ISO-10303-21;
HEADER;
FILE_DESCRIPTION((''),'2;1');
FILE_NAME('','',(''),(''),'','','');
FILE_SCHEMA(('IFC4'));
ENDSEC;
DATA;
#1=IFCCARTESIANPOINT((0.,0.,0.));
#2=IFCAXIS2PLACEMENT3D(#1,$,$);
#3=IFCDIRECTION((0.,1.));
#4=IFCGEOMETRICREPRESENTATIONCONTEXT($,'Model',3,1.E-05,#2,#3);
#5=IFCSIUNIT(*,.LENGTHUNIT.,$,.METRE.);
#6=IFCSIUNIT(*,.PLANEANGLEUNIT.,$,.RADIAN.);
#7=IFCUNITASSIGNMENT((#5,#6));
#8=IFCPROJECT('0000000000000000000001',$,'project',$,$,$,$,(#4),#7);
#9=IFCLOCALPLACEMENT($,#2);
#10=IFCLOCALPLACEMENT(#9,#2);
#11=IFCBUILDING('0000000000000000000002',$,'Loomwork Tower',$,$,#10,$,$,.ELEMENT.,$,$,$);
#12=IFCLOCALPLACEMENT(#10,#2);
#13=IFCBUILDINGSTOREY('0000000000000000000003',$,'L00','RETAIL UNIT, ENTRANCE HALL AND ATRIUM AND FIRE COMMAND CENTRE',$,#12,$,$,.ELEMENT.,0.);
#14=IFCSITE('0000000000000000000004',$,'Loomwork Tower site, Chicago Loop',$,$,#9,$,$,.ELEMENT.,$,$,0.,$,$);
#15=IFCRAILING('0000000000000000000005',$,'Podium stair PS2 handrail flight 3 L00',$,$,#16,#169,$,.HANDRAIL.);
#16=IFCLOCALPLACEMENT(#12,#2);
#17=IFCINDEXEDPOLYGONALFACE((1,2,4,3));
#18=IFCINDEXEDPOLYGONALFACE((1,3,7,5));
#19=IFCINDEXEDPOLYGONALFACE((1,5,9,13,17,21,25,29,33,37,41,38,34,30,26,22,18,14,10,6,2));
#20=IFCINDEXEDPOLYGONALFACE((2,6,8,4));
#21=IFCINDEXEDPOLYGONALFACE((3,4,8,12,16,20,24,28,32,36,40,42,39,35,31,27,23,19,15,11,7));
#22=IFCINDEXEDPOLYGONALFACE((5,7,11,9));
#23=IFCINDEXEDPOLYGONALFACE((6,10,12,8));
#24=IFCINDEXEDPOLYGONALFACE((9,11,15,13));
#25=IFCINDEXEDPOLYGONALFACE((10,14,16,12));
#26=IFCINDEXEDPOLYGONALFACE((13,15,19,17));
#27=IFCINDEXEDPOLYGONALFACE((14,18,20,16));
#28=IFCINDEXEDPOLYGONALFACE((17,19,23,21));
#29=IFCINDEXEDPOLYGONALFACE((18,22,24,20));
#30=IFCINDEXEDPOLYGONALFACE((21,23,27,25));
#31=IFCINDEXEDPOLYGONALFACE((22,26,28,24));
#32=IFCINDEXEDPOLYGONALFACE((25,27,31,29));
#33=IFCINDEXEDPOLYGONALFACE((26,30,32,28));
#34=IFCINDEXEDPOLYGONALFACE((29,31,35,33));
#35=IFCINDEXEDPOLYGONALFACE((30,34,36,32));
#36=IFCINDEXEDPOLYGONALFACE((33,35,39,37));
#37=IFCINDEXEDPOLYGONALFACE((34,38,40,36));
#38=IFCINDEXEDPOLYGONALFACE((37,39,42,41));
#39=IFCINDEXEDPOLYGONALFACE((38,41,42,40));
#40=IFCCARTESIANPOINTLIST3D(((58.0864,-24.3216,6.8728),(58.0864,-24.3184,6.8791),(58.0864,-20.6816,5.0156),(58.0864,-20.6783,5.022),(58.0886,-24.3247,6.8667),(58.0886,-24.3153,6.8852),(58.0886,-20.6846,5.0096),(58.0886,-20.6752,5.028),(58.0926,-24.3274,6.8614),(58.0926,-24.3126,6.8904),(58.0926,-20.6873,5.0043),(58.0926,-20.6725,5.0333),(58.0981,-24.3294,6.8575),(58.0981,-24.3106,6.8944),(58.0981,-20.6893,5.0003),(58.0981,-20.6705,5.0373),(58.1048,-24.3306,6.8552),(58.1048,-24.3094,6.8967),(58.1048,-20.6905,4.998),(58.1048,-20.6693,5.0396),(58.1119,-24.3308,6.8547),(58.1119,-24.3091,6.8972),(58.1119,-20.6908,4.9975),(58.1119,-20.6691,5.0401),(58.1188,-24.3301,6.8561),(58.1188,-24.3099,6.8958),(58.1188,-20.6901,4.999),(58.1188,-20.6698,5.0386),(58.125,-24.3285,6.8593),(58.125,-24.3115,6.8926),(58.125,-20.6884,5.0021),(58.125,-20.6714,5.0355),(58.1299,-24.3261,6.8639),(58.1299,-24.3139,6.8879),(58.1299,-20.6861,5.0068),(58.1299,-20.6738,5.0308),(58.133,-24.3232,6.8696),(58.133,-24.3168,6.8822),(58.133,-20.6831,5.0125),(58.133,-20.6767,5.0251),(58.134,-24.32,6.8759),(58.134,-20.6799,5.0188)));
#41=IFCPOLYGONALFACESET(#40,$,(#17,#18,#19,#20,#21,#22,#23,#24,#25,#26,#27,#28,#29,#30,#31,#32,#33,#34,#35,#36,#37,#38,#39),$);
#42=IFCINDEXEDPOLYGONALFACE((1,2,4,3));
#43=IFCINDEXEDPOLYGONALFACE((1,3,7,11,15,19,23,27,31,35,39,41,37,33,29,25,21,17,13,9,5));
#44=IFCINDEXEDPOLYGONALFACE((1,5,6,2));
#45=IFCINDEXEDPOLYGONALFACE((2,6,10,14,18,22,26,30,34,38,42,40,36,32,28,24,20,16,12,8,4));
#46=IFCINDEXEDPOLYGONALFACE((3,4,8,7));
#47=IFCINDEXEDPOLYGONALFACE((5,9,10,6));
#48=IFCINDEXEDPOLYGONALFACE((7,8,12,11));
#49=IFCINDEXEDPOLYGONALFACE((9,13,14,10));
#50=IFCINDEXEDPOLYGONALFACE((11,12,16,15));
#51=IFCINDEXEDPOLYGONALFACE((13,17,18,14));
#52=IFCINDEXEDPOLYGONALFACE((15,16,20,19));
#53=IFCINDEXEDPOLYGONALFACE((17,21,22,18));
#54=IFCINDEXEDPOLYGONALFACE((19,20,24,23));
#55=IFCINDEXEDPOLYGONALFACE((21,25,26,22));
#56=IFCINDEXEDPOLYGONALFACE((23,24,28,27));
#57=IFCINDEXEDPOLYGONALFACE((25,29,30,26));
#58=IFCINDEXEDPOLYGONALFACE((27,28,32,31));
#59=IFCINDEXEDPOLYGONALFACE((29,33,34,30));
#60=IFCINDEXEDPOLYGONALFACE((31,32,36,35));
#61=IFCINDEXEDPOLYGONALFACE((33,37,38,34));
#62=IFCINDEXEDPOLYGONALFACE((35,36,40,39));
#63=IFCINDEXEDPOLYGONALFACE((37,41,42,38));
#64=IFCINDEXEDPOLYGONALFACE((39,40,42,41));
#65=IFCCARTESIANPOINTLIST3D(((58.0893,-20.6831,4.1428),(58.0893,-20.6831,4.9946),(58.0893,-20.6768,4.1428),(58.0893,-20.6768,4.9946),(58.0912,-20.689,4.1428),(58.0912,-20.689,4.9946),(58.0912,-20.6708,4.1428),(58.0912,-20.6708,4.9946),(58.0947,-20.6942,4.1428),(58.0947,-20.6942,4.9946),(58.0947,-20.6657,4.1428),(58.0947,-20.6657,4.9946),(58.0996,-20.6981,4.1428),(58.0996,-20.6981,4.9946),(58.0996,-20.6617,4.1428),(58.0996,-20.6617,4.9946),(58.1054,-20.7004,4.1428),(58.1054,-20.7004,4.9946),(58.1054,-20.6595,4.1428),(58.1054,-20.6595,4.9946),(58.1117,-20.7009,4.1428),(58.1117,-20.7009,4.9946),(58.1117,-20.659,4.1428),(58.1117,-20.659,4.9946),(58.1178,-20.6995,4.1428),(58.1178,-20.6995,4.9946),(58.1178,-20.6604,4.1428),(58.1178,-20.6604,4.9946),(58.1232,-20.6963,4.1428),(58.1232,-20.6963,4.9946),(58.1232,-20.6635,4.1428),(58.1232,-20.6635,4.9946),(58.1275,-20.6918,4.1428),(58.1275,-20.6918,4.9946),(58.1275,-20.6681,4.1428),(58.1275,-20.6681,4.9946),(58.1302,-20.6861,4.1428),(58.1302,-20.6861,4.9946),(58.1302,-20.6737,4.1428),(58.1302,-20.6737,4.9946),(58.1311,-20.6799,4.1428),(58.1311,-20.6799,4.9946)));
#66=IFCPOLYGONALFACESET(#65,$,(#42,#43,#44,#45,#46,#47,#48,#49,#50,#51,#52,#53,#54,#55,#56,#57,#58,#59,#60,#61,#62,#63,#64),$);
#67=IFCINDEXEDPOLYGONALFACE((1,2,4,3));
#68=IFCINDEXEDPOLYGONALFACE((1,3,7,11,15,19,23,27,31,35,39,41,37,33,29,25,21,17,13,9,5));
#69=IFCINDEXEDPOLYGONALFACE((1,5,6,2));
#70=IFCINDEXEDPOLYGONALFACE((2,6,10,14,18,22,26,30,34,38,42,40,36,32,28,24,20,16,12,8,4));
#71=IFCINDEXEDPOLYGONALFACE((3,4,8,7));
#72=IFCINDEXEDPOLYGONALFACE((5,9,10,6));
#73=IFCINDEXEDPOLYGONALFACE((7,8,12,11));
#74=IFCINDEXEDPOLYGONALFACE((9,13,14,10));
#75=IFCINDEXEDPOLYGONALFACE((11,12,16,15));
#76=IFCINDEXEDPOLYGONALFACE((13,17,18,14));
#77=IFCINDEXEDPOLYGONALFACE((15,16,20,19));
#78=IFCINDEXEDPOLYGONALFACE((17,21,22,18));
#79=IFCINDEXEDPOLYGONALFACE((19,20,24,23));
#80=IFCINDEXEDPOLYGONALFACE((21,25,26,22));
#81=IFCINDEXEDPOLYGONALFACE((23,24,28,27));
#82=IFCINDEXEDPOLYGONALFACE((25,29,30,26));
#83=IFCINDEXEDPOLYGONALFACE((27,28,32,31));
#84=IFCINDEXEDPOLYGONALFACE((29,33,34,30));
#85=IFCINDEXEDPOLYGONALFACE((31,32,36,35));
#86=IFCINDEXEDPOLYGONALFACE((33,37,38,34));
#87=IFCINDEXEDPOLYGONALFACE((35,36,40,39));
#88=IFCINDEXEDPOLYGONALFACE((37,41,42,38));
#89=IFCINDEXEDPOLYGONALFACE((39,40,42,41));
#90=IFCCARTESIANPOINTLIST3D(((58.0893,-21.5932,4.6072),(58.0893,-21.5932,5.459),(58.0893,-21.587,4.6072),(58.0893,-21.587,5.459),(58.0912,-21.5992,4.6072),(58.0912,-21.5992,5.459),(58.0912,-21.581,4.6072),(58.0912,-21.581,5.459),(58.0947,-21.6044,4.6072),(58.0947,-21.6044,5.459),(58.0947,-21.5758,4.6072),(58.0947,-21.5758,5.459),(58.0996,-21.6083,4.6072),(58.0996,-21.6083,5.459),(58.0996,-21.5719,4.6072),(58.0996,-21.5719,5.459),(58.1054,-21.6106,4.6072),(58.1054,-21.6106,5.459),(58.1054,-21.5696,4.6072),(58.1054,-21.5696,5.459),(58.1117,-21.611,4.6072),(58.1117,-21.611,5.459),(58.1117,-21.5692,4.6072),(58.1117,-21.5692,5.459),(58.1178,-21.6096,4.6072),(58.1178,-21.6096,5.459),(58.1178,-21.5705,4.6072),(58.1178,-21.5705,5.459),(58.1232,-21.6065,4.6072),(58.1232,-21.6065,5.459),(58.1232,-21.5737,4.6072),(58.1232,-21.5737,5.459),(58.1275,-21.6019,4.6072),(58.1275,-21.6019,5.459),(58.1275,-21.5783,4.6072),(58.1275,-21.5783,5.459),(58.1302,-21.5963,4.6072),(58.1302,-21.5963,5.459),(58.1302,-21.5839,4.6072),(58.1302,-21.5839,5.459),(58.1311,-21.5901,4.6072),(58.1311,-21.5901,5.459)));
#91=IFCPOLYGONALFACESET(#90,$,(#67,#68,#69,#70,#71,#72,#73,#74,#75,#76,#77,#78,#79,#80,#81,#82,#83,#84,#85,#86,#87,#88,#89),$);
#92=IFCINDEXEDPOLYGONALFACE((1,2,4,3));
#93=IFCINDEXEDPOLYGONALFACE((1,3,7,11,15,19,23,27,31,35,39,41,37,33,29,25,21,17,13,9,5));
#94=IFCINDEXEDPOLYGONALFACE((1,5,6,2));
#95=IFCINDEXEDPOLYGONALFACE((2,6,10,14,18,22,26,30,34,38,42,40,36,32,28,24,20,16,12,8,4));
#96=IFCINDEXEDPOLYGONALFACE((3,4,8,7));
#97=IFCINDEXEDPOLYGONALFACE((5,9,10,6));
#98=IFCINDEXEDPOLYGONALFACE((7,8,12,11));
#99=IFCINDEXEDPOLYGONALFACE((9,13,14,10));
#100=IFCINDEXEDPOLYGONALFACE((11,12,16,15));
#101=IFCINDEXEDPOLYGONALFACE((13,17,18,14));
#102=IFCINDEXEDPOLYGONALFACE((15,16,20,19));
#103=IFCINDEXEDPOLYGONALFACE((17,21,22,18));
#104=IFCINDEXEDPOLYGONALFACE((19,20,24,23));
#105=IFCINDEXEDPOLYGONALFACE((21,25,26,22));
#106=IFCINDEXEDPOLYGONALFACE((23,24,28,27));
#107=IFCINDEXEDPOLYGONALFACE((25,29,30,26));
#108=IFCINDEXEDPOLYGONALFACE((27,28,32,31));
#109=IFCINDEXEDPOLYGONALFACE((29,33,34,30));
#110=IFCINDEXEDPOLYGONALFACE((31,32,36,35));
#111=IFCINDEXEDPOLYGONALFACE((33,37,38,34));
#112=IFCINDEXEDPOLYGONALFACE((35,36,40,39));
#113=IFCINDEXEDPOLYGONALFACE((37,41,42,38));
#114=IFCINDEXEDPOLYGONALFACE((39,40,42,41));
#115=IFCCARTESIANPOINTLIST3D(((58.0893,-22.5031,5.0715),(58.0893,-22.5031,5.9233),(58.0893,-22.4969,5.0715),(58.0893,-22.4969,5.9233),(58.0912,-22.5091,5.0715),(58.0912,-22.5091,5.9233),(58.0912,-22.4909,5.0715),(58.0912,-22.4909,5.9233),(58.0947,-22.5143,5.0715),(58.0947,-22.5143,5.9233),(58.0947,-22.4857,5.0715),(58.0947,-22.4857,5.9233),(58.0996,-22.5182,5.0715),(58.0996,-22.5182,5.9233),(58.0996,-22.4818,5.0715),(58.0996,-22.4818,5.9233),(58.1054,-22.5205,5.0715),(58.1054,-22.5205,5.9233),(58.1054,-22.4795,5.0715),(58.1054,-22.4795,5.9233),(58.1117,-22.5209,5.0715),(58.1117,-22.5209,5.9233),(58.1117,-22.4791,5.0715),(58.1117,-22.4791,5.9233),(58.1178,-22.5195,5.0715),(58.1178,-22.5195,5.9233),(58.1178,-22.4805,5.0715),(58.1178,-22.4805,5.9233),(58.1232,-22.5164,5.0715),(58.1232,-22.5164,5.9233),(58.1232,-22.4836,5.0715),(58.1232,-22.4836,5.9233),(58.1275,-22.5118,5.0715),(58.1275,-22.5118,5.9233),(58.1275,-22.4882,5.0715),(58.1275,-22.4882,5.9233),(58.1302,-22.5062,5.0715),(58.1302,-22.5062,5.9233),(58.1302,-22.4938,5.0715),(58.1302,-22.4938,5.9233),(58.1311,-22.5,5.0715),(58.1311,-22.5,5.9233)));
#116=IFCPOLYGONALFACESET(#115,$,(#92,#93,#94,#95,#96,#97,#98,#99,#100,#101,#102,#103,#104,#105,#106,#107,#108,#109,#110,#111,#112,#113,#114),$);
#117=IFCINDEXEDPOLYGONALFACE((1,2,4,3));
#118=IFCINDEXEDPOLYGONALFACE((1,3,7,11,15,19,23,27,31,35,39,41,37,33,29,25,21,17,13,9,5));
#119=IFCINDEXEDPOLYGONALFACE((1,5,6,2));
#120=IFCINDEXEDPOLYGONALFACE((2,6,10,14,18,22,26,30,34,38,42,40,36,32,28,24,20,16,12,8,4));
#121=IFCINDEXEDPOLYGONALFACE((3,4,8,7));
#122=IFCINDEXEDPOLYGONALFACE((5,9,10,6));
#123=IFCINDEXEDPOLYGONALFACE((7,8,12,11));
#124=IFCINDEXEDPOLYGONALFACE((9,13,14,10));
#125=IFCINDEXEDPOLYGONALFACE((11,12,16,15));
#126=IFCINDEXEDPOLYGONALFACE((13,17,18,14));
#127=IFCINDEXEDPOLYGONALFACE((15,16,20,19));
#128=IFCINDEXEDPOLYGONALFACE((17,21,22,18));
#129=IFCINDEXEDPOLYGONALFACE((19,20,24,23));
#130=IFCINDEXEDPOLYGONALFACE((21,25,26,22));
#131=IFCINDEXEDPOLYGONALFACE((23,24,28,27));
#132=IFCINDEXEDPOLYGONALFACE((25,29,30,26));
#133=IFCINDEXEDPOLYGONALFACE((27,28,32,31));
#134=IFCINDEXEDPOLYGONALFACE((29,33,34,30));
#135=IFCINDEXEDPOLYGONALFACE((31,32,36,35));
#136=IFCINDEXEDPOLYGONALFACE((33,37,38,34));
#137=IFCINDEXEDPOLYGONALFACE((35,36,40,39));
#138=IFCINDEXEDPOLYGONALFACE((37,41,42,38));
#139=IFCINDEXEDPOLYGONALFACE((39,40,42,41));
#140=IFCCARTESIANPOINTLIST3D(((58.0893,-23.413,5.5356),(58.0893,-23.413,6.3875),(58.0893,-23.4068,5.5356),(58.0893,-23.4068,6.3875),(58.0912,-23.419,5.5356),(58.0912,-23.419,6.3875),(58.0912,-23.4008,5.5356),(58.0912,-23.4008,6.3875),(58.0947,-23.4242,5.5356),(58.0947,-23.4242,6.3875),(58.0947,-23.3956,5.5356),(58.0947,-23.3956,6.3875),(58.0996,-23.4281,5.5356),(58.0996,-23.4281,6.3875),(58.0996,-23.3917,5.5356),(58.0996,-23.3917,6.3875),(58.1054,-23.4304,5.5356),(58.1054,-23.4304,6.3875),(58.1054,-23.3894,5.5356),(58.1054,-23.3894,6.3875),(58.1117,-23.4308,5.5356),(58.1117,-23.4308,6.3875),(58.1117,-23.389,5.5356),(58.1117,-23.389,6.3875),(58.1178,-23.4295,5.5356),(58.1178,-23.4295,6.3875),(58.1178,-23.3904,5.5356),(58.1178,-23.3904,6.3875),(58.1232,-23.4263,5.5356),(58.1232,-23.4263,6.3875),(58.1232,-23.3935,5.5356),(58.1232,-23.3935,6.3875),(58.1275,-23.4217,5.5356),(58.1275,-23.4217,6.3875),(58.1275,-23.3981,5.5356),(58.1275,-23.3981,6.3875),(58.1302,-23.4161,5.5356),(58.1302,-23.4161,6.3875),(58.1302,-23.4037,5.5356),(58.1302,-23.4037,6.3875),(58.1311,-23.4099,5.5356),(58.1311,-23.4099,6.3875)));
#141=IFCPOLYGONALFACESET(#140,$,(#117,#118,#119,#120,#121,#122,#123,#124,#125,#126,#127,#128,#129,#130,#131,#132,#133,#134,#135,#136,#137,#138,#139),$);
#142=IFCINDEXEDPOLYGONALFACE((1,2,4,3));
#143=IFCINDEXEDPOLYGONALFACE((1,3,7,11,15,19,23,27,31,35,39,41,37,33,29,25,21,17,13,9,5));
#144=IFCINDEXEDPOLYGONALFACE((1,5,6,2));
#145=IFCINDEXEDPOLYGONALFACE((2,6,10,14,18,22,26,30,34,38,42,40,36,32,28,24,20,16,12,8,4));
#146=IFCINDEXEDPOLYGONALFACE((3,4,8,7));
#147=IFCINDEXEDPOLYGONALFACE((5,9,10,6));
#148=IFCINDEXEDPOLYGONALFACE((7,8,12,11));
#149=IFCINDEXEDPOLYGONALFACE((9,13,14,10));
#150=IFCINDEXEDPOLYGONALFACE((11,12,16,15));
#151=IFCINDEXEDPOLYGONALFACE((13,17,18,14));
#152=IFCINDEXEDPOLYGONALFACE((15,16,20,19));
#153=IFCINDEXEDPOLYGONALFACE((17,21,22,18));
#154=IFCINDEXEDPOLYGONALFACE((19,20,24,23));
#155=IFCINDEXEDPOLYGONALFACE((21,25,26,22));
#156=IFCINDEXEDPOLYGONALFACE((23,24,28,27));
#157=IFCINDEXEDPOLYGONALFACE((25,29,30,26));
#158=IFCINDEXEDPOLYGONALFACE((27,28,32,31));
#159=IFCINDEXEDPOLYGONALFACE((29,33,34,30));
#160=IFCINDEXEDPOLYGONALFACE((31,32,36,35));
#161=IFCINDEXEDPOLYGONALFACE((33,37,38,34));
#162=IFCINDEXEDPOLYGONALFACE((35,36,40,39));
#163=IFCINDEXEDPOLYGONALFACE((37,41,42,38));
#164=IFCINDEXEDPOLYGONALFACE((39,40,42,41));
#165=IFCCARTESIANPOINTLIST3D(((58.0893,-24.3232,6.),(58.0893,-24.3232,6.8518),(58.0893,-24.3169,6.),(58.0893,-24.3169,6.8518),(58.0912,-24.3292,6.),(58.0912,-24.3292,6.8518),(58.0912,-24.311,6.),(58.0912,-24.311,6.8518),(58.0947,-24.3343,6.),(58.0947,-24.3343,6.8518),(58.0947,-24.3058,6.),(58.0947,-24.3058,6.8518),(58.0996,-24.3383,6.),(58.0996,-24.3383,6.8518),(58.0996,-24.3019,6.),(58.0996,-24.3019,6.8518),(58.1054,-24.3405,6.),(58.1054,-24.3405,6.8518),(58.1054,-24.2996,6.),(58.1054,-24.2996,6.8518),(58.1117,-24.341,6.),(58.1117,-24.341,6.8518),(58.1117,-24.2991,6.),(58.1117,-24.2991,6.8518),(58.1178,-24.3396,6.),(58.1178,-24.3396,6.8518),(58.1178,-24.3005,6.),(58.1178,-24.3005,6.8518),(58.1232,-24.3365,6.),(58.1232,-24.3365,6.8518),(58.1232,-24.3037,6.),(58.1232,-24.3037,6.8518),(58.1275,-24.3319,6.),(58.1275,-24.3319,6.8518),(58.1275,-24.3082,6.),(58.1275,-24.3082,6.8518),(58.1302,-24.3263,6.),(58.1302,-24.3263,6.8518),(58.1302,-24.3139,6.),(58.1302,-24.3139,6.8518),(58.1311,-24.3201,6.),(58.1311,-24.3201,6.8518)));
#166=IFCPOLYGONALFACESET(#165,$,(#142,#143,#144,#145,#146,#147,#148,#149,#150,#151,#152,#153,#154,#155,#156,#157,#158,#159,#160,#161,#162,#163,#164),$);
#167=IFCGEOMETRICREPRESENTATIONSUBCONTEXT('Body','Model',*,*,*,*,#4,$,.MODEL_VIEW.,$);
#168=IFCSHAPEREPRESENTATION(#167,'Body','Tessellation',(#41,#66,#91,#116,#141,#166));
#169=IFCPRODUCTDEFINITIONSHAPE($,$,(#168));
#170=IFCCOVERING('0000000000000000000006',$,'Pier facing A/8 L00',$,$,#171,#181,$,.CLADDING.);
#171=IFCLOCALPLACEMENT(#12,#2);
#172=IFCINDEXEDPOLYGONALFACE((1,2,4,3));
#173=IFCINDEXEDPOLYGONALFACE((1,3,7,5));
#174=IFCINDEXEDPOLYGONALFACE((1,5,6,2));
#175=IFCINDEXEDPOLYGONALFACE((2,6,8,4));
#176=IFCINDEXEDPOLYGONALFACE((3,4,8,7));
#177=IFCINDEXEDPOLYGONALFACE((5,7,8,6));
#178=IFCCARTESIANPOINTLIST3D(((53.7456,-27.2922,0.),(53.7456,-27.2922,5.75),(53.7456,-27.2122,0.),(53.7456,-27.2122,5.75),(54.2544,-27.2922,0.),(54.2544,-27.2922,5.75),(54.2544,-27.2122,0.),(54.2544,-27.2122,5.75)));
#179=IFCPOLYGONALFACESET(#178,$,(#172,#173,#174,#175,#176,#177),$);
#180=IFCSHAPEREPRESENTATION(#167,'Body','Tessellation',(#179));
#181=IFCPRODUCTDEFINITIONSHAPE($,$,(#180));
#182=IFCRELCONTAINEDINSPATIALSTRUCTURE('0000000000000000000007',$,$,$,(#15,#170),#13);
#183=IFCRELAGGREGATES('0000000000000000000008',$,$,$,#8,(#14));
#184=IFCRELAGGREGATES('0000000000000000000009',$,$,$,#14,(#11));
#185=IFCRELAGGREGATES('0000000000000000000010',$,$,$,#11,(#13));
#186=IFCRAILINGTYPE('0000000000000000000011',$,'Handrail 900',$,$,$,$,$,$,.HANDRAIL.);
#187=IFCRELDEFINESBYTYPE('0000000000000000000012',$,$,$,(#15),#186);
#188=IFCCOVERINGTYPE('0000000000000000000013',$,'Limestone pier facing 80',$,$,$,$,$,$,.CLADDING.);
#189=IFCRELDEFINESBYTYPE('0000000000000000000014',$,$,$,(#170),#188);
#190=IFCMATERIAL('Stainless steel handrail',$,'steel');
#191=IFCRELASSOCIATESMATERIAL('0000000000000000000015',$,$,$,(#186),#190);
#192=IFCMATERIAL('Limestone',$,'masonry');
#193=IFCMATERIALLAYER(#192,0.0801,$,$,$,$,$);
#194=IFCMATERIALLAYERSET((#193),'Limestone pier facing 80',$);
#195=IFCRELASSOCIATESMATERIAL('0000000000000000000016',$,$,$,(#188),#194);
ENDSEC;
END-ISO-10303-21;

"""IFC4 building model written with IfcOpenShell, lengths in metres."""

from ifc_helpers import new_model, si_unit, direction, frame, origin, origin_2d, place, context, subcontext, project, spatial, rectangle, circle, extrude, material, layer, layer_set, type_object, element, save


model = new_model("IFC4")

# Units and contexts
model_context = context("Model", 3, precision=1e-05, world=origin(), true_north=direction((0.0, 1.0)))
body_context = subcontext(model_context, "Body", "Model", "MODEL_VIEW")
ifc_project = project(units=[si_unit("LENGTHUNIT", "METRE"), si_unit("PLANEANGLEUNIT", "RADIAN")], contexts=[model_context])

# Site, building, storey
site_placement = place(None, origin())
site = spatial("IfcSite", under=ifc_project, at=site_placement, Name="Loomwork Tower site, Chicago Loop", CompositionType="ELEMENT", RefElevation=0.0)
building_placement = place(site_placement, origin())
building = spatial("IfcBuilding", under=site, at=building_placement, Name="Loomwork Tower", CompositionType="ELEMENT")
storey_placement = place(building_placement, origin())
storey = spatial("IfcBuildingStorey", under=building, at=storey_placement, Name="L00", Description="RETAIL UNIT, ENTRANCE HALL AND ATRIUM AND FIRE COMMAND CENTRE", CompositionType="ELEMENT", Elevation=0.0)

# Railing
ifc_material_1 = material(Name="Stainless steel handrail", Category="steel")
railing_type = type_object("IfcRailingType", Name="Handrail 900", PredefinedType="HANDRAIL", material=ifc_material_1)
for number, where, name in (
    (1, (58.1101, -20.6799, 4.1428), "Podium stair PS2 handrail flight 3 L00"),
):
    element("IfcRailing", number, at=place(storey_placement, frame(where)), inside=storey, type_object=railing_type, Name=name, PredefinedType="HANDRAIL", context=body_context, shape_type="SweptSolid", body=[
        extrude(circle(Radius=0.0239, at=origin_2d()), frame((0.0, 0.0, 0.876), z_axis=(0.0, -0.890765, 0.454464), x_axis=(1.0, 0.0, 0.0)), (0.0, 0.0, 1.0), 4.0864),
        extrude(circle(Radius=0.021, at=origin_2d()), origin(), (0.0, 0.0, 1.0), 0.8518),
        extrude(circle(Radius=0.021, at=origin_2d()), frame((0.0, -0.9102, 0.4644)), (0.0, 0.0, 1.0), 0.8518),
        extrude(circle(Radius=0.021, at=origin_2d()), frame((0.0, -1.8201, 0.9287)), (0.0, 0.0, 1.0), 0.8518),
        extrude(circle(Radius=0.021, at=origin_2d()), frame((0.0, -2.73, 1.3928)), (0.0, 0.0, 1.0), 0.8518),
        extrude(circle(Radius=0.021, at=origin_2d()), frame((0.0, -3.6401, 1.8572)), (0.0, 0.0, 1.0), 0.8518),
    ])

# Covering
ifc_material_2 = material(Name="Limestone", Category="masonry")
ifc_layer_1 = layer(ifc_material_2, 0.0801)
ifc_layer_set_1 = layer_set([ifc_layer_1], Name="Limestone pier facing 80")
covering_type = type_object("IfcCoveringType", Name="Limestone pier facing 80", PredefinedType="CLADDING", material=ifc_layer_set_1)
covering_placement = place(storey_placement, frame((54.0, -27.2522, 0.0), z_axis=(0.0, 0.0, 1.0), x_axis=(1.0, 0.0, 0.0)))
element("IfcCovering", 2, at=covering_placement, inside=storey, type_object=covering_type, Name="Pier facing A/8 L00", PredefinedType="CLADDING", context=body_context, shape_type="SweptSolid", body=[
    extrude(rectangle(XDim=0.5088, YDim=0.0801, at=origin_2d()), origin(), (0.0, 0.0, 1.0), 5.75),
])

save(model, "model.ifc")
